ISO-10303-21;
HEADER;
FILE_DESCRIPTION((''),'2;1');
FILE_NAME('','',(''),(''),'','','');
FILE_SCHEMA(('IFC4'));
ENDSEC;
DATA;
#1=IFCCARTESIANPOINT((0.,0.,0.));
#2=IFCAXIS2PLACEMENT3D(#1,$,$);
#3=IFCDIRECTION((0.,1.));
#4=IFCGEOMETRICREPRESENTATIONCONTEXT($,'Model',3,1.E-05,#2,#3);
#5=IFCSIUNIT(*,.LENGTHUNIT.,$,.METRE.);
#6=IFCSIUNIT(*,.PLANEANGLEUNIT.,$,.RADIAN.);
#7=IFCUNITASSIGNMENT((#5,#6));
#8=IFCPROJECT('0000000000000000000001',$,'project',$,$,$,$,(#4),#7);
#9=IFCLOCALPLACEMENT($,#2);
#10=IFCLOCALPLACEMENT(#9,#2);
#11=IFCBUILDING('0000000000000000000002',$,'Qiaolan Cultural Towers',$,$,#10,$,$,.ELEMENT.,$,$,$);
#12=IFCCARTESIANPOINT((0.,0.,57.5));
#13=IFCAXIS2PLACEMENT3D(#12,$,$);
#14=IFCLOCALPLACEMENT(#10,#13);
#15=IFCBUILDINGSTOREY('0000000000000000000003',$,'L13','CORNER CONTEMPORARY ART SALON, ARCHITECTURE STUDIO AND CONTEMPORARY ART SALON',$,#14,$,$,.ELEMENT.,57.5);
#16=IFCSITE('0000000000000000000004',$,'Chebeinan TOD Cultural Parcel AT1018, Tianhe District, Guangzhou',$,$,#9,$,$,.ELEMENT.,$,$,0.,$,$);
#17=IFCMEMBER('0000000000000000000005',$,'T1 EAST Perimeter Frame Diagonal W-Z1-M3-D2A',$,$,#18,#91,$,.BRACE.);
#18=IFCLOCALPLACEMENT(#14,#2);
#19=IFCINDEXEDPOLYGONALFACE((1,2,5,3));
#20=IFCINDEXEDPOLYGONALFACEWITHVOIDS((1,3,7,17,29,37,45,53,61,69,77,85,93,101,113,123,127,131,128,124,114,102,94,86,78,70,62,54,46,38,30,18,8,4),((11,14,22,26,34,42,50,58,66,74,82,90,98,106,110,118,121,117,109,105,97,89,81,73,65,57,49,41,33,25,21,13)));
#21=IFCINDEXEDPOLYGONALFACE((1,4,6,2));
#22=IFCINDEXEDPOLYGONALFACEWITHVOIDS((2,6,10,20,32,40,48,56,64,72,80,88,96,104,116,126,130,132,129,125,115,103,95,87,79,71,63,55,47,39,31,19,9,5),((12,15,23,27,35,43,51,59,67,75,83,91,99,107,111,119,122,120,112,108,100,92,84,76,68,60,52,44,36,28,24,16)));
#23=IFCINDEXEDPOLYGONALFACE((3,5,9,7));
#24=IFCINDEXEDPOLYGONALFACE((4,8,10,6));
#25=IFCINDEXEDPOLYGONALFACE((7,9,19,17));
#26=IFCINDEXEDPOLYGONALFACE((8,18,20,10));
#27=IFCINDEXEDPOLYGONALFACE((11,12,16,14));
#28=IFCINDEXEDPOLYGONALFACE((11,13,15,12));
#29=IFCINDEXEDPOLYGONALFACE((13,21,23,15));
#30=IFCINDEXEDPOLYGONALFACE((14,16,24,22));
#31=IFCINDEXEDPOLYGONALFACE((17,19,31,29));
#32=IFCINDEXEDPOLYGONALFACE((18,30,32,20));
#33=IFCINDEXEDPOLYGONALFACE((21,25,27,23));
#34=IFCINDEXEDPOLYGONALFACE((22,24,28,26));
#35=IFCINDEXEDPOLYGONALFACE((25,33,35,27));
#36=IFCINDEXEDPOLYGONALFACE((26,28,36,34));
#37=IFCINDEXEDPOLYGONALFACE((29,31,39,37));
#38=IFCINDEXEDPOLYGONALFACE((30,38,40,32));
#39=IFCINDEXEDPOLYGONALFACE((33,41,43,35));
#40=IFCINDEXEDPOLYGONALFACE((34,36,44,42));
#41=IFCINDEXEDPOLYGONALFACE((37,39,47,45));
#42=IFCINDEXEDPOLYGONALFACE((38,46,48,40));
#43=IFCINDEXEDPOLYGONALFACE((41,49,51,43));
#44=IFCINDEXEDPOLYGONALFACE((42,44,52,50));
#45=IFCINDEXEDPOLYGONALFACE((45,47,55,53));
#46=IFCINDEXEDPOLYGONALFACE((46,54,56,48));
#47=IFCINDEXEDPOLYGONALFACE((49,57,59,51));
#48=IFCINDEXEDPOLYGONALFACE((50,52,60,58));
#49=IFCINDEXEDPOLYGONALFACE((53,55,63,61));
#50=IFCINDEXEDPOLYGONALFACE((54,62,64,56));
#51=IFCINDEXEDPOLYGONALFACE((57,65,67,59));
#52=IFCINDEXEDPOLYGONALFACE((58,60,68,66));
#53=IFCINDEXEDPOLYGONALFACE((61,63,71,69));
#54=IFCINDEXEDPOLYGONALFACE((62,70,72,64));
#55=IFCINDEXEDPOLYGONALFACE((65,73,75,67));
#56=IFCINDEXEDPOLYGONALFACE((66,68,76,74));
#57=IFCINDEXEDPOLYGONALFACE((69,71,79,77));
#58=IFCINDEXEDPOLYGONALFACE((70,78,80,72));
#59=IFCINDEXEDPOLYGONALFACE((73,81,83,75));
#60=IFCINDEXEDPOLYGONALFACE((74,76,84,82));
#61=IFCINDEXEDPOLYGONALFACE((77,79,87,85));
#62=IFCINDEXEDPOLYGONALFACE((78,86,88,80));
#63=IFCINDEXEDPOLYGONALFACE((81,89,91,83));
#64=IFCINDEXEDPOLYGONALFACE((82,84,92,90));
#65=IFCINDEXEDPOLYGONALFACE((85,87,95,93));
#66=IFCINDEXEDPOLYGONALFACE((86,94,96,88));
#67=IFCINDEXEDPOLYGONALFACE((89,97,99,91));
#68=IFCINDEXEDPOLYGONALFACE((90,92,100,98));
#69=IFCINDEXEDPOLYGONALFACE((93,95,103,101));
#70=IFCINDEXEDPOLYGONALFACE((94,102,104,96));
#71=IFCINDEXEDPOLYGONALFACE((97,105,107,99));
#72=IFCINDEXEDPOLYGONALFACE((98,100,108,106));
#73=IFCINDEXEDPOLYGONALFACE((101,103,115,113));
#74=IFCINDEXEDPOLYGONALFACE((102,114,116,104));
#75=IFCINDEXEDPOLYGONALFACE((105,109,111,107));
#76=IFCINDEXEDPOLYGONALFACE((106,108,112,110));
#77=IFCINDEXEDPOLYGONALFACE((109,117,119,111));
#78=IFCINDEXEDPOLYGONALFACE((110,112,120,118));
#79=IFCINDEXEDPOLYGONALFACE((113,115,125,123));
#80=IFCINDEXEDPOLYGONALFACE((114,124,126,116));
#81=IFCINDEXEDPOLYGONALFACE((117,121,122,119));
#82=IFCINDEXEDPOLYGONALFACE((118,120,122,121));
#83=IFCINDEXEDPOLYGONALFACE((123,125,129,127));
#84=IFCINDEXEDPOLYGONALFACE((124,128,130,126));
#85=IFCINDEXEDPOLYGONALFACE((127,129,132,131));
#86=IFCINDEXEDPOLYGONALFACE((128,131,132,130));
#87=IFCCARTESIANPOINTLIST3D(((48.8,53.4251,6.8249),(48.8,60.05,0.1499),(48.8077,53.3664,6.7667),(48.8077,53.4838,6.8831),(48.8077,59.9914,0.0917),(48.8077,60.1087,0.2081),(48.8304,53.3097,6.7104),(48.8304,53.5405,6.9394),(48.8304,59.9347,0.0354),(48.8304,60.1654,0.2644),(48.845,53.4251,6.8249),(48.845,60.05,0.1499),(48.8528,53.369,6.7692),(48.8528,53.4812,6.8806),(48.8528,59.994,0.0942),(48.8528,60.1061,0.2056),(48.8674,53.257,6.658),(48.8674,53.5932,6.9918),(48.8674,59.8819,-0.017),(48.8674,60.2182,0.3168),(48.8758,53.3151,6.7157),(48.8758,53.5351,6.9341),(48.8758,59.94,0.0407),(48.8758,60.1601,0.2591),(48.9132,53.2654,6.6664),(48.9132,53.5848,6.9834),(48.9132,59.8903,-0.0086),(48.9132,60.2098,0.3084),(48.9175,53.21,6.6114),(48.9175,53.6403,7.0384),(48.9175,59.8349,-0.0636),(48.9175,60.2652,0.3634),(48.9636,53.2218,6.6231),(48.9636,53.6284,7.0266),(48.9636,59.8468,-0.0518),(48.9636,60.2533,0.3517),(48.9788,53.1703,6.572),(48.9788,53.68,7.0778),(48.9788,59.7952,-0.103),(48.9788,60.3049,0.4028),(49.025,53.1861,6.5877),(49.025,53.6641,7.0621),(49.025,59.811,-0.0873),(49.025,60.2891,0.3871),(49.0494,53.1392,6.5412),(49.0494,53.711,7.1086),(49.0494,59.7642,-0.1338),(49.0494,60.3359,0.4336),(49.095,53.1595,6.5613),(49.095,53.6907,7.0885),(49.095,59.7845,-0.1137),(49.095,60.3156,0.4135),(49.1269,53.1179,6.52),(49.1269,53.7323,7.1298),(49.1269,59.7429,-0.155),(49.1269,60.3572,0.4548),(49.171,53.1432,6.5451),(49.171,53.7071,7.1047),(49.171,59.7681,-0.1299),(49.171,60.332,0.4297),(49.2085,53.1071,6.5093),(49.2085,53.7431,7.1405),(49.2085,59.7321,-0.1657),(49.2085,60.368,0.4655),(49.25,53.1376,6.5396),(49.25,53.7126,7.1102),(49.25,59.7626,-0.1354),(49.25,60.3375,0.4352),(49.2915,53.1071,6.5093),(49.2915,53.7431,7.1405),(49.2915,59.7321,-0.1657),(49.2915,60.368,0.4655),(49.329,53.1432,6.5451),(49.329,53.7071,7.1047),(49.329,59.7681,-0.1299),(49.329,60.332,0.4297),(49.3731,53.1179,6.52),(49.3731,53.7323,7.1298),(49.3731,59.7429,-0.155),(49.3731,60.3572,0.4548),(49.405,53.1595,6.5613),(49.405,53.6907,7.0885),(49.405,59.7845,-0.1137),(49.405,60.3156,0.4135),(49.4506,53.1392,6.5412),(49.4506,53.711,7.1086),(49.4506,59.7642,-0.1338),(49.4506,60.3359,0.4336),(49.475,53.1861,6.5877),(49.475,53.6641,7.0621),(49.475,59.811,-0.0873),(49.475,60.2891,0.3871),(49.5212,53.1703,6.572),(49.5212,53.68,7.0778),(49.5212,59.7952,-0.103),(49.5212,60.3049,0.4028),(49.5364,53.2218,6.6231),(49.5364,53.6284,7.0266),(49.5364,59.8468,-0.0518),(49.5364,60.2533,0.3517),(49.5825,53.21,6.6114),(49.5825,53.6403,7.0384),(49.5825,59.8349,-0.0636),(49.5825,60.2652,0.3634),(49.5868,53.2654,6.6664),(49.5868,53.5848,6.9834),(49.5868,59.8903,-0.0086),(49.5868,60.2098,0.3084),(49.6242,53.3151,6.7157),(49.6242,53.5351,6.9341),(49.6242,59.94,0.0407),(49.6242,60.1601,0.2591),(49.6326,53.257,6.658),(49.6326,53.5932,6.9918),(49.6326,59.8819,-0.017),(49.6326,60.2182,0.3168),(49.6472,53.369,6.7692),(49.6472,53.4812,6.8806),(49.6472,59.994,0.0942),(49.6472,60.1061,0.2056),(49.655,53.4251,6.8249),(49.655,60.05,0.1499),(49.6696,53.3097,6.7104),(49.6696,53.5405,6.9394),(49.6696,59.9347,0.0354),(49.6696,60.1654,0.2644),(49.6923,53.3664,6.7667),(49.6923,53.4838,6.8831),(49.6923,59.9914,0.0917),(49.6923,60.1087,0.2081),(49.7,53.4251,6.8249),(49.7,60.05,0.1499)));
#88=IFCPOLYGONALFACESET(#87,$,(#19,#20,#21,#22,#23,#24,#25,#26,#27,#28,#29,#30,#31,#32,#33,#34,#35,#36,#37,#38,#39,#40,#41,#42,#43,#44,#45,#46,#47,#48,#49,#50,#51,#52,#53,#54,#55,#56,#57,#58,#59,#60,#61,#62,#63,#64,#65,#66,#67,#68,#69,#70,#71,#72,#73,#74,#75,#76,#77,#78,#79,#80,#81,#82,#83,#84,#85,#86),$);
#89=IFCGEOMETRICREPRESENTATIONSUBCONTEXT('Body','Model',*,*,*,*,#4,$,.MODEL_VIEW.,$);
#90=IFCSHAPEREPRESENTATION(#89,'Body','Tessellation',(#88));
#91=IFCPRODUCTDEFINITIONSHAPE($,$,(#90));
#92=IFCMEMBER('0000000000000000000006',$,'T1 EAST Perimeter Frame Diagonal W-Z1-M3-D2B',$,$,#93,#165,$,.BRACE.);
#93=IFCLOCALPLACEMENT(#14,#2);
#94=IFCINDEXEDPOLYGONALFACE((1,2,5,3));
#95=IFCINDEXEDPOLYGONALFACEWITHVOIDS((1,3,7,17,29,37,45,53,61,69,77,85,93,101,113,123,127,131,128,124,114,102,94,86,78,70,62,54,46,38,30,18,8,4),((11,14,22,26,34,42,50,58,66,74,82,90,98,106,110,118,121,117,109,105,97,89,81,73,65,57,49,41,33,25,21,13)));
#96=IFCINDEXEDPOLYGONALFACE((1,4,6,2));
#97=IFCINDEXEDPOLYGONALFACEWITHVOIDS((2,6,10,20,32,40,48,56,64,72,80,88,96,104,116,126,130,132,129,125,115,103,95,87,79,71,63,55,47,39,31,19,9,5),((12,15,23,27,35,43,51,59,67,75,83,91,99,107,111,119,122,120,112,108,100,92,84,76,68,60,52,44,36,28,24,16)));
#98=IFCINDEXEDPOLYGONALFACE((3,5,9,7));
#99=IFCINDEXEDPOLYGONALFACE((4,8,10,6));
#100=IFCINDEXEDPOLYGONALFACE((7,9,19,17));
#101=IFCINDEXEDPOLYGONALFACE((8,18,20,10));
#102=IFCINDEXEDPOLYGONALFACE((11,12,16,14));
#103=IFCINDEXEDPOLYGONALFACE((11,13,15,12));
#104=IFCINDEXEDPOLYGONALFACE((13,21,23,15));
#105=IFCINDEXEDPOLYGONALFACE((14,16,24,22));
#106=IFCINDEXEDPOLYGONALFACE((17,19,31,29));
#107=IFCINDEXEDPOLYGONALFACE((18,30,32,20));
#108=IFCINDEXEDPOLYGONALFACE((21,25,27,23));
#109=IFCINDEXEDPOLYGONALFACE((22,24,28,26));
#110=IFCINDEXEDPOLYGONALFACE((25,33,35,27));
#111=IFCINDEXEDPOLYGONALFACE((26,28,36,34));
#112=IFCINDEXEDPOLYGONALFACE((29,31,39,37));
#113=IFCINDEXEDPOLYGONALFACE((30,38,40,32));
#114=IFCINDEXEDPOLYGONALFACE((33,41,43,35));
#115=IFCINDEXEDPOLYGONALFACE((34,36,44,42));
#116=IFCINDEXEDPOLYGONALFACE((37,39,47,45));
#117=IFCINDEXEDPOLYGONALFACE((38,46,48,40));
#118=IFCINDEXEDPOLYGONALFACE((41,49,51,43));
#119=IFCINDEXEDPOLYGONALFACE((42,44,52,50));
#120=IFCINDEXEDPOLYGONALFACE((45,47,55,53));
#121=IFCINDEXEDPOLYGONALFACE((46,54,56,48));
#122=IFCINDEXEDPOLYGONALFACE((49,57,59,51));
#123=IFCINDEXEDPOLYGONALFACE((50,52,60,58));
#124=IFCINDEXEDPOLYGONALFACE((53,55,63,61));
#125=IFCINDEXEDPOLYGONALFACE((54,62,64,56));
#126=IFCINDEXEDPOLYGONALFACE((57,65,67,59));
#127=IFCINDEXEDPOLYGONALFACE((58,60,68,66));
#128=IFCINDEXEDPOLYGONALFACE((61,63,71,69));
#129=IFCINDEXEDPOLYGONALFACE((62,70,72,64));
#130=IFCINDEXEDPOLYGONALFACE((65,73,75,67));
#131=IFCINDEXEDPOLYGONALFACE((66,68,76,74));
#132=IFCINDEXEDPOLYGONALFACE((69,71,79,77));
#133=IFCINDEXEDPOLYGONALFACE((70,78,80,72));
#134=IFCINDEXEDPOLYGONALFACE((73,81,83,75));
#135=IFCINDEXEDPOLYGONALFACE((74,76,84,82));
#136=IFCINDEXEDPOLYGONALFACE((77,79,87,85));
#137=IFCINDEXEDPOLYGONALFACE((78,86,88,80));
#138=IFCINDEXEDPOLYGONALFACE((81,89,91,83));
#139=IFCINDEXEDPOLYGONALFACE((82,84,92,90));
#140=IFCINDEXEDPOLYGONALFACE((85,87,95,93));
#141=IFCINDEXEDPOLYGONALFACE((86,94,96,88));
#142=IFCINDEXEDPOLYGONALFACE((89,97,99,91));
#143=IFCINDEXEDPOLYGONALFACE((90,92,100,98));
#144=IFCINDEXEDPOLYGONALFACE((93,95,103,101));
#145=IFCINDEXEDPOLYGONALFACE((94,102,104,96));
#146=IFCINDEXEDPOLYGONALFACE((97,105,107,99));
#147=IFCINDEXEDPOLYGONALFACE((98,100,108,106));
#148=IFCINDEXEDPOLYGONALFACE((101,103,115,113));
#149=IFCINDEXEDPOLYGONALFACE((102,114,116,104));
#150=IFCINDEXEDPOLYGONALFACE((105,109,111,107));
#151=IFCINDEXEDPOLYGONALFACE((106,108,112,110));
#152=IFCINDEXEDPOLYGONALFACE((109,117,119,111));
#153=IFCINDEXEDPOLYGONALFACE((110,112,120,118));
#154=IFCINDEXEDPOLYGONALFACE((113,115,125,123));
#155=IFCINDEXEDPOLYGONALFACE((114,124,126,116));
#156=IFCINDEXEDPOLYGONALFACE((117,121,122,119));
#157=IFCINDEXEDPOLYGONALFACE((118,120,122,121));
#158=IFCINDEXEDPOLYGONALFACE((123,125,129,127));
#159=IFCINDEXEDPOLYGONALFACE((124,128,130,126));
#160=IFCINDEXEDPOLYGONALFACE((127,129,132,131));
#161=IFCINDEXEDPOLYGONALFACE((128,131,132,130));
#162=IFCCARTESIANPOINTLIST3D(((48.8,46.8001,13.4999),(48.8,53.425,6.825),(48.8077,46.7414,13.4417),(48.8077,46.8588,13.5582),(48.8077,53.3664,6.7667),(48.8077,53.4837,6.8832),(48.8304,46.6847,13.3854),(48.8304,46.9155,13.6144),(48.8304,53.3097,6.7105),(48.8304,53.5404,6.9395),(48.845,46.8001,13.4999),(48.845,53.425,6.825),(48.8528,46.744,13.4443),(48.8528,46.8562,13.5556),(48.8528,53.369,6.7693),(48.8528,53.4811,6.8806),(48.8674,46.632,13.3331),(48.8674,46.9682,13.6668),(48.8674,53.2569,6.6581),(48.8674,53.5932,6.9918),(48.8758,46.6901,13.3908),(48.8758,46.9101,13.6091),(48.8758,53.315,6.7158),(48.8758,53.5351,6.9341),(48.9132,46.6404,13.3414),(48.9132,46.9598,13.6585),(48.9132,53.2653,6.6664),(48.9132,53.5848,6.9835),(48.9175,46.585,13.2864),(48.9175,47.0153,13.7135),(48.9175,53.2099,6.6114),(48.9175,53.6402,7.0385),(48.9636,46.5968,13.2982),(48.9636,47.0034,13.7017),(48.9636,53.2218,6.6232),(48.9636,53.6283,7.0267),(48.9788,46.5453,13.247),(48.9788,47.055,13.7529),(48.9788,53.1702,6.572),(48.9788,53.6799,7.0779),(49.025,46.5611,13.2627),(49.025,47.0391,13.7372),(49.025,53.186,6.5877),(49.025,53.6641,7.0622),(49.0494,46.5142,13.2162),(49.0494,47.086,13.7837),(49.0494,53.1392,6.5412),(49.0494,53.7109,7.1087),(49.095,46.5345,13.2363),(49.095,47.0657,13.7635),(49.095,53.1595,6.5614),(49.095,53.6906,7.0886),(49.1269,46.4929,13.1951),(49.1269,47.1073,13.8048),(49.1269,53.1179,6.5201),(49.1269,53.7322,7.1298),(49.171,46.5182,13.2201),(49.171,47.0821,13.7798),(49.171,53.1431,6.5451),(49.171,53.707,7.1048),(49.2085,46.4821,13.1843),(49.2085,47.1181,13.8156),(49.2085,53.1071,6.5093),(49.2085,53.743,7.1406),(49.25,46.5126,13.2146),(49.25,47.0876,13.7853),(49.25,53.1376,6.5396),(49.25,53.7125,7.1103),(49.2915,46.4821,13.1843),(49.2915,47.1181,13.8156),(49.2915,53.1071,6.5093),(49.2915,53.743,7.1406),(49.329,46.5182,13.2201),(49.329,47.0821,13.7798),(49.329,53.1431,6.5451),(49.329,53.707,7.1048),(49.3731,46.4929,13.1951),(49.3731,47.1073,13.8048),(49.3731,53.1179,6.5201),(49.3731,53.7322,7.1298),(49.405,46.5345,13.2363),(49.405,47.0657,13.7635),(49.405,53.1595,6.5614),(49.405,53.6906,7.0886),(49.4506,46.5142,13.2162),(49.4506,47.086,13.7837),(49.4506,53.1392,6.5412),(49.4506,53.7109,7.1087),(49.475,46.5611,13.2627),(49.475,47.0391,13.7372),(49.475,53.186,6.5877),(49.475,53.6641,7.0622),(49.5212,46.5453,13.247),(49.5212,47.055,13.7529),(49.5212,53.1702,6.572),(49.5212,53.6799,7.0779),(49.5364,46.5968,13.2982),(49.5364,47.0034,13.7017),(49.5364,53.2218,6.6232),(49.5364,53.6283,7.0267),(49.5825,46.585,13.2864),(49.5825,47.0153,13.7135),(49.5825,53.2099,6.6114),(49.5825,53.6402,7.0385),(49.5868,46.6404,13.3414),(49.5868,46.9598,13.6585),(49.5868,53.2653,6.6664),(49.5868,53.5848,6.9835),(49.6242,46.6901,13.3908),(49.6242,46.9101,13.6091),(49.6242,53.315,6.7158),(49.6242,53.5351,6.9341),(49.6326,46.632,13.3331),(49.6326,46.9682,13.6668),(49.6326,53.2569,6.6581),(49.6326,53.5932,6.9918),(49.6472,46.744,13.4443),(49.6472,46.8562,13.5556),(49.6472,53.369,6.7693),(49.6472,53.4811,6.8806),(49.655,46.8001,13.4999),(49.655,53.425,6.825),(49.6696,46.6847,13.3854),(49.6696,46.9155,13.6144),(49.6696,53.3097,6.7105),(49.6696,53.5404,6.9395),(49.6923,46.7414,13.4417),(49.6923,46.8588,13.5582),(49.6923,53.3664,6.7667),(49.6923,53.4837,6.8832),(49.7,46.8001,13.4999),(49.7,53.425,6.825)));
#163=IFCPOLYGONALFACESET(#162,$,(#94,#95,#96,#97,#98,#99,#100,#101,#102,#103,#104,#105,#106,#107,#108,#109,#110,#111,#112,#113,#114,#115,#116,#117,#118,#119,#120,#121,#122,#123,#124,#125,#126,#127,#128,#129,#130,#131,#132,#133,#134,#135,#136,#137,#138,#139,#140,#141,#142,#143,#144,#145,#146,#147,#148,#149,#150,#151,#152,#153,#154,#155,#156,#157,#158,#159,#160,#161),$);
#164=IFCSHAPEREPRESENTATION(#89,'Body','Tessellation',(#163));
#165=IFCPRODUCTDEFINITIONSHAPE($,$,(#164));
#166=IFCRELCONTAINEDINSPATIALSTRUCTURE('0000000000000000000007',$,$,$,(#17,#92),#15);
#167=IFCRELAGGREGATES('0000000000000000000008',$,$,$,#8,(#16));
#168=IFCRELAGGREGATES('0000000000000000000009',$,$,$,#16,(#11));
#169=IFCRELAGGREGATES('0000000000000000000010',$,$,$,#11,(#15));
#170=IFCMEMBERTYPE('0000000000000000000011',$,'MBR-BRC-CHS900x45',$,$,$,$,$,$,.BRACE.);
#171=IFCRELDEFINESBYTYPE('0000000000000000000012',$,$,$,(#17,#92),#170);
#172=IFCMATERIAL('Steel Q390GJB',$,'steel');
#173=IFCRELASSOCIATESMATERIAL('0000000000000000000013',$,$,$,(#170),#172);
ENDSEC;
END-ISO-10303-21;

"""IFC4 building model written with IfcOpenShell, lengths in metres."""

from ifc_helpers import new_model, si_unit, direction, frame, origin, origin_2d, place, context, subcontext, project, spatial, hollow_circle, extrude, material, material_profile, profile_set, type_object, element, save


model = new_model("IFC4")

# Units and contexts
model_context = context("Model", 3, precision=1e-05, world=origin(), true_north=direction((0.0, 1.0)))
body_context = subcontext(model_context, "Body", "Model", "MODEL_VIEW")
ifc_project = project(units=[si_unit("LENGTHUNIT", "METRE"), si_unit("PLANEANGLEUNIT", "RADIAN")], contexts=[model_context])

# Site, building, storey
site_placement = place(None, origin())
site = spatial("IfcSite", under=ifc_project, at=site_placement, Name="Chebeinan TOD Cultural Parcel AT1018, Tianhe District, Guangzhou", CompositionType="ELEMENT", RefElevation=0.0)
building_placement = place(site_placement, origin())
building = spatial("IfcBuilding", under=site, at=building_placement, Name="Qiaolan Cultural Towers", CompositionType="ELEMENT")
storey_placement = place(building_placement, frame((0.0, 0.0, 57.5)))
storey = spatial("IfcBuildingStorey", under=building, at=storey_placement, Name="L13", Description="CORNER CONTEMPORARY ART SALON, ARCHITECTURE STUDIO AND CONTEMPORARY ART SALON", CompositionType="ELEMENT", Elevation=57.5)

# Members
ifc_material_1 = material(Name="Steel Q390GJB", Category="steel")
ifc_material_profile_1 = material_profile(ifc_material_1, hollow_circle(Radius=0.45, WallThickness=0.0449, at=origin_2d()), Name="CHS900x45")
ifc_profile_set_1 = profile_set([ifc_material_profile_1], Name="Steel Q390GJB")
member_type = type_object("IfcMemberType", Name="MBR-BRC-CHS900x45", PredefinedType="BRACE", material=ifc_profile_set_1)
for number, where, z_axis, x_axis, name in (
    (1, (49.25, 60.05, 0.1499), (0.0, -0.704441, 0.709763), (1.0, 0.0, 0.0), "T1 EAST Perimeter Frame Diagonal W-Z1-M3-D2A"),
    (2, (49.25, 53.425, 6.825), (0.0, -0.704441, 0.709763), (1.0, 0.0, 0.0), "T1 EAST Perimeter Frame Diagonal W-Z1-M3-D2B"),
):
    element("IfcMember", number, at=place(storey_placement, frame(where, z_axis=z_axis, x_axis=x_axis)), inside=storey, type_object=member_type, Name=name, PredefinedType="BRACE", context=body_context, shape_type="SweptSolid", body=[
        extrude(hollow_circle(Radius=0.45, WallThickness=0.0449, at=origin_2d()), origin(), (0.0, 0.0, 1.0), 9.4045),
    ])

save(model, "model.ifc")
